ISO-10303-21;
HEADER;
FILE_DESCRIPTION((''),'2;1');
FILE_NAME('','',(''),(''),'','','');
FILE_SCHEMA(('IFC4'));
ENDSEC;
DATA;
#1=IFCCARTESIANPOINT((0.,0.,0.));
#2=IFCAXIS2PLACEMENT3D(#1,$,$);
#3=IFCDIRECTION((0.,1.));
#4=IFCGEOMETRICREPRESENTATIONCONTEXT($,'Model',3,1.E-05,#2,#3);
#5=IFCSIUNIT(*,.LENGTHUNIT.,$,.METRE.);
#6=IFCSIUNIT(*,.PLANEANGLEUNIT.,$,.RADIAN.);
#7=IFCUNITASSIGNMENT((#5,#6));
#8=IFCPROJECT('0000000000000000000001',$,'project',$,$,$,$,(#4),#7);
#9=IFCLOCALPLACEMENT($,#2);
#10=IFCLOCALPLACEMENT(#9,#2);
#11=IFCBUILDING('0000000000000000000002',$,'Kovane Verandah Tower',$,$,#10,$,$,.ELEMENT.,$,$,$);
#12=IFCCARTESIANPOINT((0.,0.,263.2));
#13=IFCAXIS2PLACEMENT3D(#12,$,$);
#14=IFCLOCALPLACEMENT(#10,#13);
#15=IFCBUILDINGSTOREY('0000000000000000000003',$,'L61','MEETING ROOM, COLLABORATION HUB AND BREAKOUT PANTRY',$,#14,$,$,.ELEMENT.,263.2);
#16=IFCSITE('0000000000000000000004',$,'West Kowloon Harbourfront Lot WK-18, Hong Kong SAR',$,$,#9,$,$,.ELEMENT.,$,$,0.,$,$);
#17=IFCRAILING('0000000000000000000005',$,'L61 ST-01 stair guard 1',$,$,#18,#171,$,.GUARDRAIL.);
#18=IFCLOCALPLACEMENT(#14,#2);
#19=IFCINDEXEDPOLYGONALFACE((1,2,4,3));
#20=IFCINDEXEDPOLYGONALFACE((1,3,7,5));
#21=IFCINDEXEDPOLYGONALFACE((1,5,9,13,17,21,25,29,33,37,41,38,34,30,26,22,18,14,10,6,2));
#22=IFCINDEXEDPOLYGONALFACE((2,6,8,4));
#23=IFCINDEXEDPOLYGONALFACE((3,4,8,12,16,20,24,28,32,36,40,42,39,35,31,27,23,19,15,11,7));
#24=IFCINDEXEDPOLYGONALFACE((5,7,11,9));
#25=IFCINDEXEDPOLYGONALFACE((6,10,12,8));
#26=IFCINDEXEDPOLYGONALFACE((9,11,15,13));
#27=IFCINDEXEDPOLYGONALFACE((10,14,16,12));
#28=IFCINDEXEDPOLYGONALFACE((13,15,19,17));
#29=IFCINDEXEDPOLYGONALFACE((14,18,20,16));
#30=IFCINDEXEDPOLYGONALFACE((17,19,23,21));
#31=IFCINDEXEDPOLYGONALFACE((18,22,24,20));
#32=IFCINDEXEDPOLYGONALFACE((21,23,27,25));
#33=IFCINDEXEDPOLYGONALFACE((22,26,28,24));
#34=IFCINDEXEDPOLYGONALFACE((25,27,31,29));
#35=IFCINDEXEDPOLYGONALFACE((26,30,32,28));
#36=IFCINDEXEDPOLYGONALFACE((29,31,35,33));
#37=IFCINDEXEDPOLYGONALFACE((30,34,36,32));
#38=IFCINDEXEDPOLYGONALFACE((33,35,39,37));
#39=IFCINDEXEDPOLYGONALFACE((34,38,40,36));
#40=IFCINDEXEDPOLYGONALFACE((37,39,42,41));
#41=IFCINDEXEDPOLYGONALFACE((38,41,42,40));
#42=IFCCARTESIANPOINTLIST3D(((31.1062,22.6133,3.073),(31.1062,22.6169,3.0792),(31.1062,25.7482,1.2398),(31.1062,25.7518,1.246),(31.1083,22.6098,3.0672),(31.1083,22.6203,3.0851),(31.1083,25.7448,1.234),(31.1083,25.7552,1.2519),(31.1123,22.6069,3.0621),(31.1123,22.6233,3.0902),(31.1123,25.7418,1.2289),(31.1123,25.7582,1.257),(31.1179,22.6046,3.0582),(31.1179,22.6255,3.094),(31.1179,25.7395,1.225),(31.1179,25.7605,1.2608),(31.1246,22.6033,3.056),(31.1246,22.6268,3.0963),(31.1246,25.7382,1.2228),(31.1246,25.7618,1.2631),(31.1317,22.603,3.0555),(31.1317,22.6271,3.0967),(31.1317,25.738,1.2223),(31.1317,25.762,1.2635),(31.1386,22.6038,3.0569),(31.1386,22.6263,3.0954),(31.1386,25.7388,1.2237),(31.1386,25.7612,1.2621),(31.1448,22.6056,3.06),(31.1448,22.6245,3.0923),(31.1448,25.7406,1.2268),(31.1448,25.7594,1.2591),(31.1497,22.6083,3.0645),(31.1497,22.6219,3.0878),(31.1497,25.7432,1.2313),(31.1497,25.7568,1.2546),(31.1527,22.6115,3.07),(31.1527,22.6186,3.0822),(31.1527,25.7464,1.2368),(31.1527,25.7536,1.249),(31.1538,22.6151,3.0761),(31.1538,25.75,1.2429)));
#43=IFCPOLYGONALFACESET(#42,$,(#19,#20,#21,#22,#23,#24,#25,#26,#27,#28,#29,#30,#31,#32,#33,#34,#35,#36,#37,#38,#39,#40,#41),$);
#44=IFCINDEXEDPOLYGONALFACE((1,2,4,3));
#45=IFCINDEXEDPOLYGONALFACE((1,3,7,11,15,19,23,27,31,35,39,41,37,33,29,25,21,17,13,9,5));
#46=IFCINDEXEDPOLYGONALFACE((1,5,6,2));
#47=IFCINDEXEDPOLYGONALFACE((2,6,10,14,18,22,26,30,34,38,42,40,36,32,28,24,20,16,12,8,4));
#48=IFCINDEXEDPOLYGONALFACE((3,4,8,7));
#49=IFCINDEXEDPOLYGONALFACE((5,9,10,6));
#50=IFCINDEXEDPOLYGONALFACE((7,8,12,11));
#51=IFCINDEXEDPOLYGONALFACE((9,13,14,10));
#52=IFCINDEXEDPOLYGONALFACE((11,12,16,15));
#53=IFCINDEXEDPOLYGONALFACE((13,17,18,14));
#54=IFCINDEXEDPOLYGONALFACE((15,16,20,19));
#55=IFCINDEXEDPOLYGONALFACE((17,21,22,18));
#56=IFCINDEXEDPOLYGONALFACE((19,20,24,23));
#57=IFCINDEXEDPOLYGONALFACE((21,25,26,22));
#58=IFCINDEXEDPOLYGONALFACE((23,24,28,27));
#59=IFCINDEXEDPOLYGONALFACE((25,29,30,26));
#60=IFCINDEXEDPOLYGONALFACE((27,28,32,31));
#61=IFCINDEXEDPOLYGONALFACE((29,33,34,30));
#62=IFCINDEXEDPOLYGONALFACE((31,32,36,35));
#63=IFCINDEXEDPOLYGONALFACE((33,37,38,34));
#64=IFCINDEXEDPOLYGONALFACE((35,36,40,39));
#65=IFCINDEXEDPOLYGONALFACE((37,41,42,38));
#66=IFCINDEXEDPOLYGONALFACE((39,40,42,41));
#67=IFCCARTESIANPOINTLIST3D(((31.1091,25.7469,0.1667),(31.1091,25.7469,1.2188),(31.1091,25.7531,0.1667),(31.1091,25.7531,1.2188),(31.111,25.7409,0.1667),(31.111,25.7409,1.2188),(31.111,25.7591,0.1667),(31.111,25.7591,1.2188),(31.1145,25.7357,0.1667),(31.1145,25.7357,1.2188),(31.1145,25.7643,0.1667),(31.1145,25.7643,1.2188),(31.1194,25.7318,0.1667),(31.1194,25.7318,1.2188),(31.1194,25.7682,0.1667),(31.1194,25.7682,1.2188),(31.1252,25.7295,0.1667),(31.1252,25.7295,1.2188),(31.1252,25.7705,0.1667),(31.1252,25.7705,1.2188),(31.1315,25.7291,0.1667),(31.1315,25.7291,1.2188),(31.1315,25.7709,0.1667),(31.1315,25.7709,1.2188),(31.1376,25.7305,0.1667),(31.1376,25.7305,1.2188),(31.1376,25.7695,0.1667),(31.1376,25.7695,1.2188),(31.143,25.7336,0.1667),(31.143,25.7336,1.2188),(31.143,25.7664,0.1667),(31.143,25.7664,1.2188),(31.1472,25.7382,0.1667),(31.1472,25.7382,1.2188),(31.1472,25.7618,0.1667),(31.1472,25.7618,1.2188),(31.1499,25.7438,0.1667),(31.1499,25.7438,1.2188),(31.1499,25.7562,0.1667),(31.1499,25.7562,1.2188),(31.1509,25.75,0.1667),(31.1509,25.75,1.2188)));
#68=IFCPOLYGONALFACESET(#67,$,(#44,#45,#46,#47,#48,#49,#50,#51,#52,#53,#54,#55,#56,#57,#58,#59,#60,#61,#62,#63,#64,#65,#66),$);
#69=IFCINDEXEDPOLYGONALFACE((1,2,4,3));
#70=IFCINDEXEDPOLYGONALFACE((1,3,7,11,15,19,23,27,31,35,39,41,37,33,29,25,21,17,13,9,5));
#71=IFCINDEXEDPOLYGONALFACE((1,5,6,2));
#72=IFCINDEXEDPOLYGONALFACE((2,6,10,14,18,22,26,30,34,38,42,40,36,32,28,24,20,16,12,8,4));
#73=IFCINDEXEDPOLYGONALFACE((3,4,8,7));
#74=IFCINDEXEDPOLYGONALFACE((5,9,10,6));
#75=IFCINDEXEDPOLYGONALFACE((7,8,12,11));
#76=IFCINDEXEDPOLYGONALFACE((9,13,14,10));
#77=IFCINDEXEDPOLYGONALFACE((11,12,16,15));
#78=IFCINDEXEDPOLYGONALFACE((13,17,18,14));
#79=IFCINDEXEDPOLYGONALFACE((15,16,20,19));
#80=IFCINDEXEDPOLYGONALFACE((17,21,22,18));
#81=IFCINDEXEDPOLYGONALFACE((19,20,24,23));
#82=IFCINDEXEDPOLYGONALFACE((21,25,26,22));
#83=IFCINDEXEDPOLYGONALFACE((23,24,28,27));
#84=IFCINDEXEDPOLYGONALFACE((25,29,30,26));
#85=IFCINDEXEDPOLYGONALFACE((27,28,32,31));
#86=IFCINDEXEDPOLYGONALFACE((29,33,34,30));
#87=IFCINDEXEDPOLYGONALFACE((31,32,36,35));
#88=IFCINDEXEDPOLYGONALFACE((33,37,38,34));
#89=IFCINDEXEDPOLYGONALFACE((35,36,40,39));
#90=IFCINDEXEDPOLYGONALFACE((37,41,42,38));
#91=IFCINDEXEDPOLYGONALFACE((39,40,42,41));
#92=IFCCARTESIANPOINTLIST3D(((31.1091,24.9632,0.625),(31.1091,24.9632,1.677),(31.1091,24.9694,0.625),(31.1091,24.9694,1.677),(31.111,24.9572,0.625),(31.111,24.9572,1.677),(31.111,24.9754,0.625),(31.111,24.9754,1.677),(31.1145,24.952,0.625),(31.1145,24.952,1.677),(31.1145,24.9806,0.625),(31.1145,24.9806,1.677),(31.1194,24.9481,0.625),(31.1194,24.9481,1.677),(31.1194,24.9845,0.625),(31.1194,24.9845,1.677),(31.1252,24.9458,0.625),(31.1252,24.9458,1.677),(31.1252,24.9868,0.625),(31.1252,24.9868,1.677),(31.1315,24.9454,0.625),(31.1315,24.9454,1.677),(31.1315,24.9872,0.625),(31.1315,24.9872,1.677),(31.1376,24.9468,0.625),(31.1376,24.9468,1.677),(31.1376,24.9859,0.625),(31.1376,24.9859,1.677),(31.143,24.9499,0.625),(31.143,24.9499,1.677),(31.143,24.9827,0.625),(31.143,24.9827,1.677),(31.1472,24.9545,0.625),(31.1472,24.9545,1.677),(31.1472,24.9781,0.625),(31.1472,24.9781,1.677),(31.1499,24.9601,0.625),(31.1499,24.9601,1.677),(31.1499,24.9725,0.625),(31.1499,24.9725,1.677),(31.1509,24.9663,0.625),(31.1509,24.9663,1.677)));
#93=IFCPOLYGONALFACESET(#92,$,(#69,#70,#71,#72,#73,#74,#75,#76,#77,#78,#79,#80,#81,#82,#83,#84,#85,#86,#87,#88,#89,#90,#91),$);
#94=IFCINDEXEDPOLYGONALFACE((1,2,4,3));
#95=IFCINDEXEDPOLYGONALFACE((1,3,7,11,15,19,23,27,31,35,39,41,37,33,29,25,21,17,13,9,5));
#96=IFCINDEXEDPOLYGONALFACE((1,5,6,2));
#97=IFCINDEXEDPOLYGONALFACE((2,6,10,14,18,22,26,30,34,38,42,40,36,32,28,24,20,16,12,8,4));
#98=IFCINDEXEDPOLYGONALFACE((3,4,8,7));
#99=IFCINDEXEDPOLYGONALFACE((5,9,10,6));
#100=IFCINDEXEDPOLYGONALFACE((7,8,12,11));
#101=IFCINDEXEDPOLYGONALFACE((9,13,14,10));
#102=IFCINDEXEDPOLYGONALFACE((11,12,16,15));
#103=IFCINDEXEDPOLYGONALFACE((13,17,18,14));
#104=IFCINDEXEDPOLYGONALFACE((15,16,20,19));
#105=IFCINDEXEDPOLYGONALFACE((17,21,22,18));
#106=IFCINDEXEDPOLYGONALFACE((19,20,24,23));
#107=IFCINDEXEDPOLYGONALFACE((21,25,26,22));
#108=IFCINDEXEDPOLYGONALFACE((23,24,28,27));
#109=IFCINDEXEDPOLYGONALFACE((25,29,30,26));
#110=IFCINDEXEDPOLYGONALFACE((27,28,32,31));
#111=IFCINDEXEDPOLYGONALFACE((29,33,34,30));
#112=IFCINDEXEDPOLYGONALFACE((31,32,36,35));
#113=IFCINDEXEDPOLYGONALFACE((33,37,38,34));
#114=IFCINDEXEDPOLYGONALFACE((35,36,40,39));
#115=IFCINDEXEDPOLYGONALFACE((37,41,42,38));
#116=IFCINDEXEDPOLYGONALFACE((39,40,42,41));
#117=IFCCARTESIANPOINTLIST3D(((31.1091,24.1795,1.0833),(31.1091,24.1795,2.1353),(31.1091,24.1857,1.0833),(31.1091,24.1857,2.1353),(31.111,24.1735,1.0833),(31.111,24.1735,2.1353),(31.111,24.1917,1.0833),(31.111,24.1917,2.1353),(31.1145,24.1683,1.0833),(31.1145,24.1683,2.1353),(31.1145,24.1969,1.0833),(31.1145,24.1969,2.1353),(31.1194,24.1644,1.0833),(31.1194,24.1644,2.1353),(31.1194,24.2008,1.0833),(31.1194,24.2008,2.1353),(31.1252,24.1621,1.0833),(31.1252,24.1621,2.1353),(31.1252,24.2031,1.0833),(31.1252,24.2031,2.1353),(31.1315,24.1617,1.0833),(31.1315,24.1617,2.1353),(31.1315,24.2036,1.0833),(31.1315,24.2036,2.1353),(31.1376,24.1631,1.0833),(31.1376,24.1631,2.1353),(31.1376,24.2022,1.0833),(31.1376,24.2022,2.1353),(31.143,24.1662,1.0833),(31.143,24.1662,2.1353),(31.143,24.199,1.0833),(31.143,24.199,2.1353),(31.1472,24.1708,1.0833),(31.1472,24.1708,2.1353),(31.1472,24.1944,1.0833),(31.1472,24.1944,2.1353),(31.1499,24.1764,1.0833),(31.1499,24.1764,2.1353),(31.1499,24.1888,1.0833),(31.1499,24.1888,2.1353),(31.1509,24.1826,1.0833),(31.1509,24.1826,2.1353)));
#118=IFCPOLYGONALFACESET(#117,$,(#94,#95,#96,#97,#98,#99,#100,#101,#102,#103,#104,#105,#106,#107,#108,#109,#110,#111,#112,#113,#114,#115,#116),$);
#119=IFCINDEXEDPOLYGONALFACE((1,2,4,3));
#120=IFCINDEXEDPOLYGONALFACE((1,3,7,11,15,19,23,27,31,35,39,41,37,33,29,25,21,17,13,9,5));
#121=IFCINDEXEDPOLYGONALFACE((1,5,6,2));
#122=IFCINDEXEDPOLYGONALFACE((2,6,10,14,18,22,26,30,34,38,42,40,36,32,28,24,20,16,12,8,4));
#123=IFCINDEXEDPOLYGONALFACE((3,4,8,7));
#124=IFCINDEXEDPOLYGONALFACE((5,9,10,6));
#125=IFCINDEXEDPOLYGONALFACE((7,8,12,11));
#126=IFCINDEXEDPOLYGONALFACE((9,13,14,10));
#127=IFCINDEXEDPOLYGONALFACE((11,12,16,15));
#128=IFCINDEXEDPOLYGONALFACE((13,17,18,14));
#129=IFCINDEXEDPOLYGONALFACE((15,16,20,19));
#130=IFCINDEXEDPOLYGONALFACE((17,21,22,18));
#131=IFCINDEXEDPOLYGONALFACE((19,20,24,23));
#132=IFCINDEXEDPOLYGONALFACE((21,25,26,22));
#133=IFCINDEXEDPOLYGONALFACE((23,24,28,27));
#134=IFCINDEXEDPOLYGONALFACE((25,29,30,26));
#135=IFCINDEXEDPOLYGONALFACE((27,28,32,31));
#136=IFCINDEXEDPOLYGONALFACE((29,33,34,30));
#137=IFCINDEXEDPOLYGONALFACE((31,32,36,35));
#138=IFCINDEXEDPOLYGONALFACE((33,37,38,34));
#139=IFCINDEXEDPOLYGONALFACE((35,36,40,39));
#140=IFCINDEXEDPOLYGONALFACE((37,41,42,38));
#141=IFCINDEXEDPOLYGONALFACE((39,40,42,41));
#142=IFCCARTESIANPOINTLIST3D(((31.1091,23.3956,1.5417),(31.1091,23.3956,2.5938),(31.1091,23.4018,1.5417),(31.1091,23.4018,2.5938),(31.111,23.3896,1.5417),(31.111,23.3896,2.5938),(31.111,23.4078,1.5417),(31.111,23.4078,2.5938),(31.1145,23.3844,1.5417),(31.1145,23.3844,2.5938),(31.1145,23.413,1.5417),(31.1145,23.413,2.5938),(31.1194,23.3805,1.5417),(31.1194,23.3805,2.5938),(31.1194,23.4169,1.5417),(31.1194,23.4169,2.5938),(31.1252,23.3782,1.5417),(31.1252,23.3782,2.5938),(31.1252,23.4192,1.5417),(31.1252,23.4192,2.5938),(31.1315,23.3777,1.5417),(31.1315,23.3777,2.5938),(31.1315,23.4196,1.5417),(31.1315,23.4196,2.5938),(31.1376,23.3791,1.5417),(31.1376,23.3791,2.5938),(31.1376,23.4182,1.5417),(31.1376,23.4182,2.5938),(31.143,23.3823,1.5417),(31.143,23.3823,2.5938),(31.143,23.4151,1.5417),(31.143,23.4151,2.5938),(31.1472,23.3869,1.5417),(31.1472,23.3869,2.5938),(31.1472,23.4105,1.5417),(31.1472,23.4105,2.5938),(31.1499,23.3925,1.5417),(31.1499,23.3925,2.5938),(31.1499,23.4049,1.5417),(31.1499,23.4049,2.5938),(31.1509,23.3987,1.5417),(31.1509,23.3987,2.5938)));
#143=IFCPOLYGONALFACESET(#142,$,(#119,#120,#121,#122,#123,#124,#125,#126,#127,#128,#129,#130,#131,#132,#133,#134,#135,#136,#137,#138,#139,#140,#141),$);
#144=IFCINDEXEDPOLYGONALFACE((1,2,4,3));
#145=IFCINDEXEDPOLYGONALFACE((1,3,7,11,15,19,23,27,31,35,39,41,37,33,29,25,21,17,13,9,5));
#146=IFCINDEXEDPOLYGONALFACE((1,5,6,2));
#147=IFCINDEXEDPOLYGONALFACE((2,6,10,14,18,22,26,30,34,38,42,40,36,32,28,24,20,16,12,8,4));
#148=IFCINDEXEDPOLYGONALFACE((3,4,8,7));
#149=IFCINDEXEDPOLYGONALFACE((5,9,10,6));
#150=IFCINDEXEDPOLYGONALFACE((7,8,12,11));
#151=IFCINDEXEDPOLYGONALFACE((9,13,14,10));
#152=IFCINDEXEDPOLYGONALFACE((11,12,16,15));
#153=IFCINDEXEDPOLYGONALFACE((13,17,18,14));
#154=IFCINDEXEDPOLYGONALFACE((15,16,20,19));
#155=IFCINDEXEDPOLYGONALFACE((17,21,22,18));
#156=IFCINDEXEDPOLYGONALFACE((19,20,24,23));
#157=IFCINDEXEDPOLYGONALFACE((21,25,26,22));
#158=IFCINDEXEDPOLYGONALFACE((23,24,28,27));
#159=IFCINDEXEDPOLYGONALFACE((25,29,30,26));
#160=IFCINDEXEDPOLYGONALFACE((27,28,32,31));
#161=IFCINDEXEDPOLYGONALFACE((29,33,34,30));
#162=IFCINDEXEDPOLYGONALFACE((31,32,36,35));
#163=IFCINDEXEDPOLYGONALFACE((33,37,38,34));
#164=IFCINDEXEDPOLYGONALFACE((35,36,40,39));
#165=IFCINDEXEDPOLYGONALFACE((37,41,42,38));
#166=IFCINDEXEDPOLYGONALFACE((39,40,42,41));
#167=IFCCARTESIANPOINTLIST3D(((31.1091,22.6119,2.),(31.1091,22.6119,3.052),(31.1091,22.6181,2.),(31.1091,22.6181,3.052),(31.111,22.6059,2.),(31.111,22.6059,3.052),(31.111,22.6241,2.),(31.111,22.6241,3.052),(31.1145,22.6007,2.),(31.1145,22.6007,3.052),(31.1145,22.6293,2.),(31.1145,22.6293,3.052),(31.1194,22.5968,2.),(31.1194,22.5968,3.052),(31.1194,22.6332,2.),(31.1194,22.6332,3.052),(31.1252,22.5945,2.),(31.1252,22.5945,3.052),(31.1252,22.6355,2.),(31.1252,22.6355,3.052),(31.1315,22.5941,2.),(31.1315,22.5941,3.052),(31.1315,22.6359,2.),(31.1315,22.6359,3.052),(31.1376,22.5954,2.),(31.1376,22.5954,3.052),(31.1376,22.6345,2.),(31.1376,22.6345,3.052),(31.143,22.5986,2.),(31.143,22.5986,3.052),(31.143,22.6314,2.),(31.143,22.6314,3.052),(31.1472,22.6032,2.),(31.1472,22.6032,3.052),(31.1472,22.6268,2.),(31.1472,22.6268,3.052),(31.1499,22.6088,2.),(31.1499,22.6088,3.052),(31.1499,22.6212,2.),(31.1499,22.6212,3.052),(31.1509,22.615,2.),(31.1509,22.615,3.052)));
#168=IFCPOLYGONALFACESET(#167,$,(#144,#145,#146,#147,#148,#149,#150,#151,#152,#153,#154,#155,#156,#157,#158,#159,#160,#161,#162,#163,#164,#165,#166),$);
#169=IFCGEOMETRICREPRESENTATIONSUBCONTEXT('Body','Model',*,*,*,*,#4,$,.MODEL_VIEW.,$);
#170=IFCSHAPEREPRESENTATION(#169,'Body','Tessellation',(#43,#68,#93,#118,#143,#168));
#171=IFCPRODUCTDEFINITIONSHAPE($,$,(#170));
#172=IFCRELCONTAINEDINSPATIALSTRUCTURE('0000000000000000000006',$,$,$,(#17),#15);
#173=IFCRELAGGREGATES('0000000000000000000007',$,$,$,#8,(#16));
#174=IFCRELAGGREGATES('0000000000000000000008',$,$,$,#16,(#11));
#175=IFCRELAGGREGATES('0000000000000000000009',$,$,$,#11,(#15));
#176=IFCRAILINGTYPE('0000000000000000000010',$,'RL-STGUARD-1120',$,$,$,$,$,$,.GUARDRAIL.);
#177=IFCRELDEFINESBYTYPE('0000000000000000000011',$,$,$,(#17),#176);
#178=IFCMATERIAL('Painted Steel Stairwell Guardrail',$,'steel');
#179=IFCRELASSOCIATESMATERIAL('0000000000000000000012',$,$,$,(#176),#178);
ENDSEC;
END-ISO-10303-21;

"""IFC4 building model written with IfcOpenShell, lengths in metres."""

from ifc_helpers import new_model, si_unit, direction, frame, origin, origin_2d, place, context, subcontext, project, spatial, circle, extrude, material, type_object, element, save


model = new_model("IFC4")

# Units and contexts
model_context = context("Model", 3, precision=1e-05, world=origin(), true_north=direction((0.0, 1.0)))
body_context = subcontext(model_context, "Body", "Model", "MODEL_VIEW")
ifc_project = project(units=[si_unit("LENGTHUNIT", "METRE"), si_unit("PLANEANGLEUNIT", "RADIAN")], contexts=[model_context])

# Site, building, storey
site_placement = place(None, origin())
site = spatial("IfcSite", under=ifc_project, at=site_placement, Name="West Kowloon Harbourfront Lot WK-18, Hong Kong SAR", CompositionType="ELEMENT", RefElevation=0.0)
building_placement = place(site_placement, origin())
building = spatial("IfcBuilding", under=site, at=building_placement, Name="Kovane Verandah Tower", CompositionType="ELEMENT")
storey_placement = place(building_placement, frame((0.0, 0.0, 263.2)))
storey = spatial("IfcBuildingStorey", under=building, at=storey_placement, Name="L61", Description="MEETING ROOM, COLLABORATION HUB AND BREAKOUT PANTRY", CompositionType="ELEMENT", Elevation=263.2)

# Railing
ifc_material_1 = material(Name="Painted Steel Stairwell Guardrail", Category="steel")
railing_type_1 = type_object("IfcRailingType", Name="RL-STGUARD-1120", PredefinedType="GUARDRAIL", material=ifc_material_1)
railing_1_placement = place(storey_placement, frame((31.1299, 25.75, 0.1667)))
element("IfcRailing", 1, at=railing_1_placement, inside=storey, type_object=railing_type_1, Name="L61 ST-01 stair guard 1", PredefinedType="GUARDRAIL", context=body_context, shape_type="SweptSolid", body=[
    extrude(circle(Radius=0.0239, at=origin_2d()), frame((0.0, 0.0, 1.0762), z_axis=(0.0, -0.86324, 0.504794), x_axis=(1.0, 0.0, 0.0)), (0.0, 0.0, 1.0), 3.6316),
    extrude(circle(Radius=0.021, at=origin_2d()), origin(), (0.0, 0.0, 1.0), 1.052),
    extrude(circle(Radius=0.021, at=origin_2d()), frame((0.0, -0.7837, 0.4583)), (0.0, 0.0, 1.0), 1.052),
    extrude(circle(Radius=0.021, at=origin_2d()), frame((0.0, -1.5674, 0.9165)), (0.0, 0.0, 1.0), 1.052),
    extrude(circle(Radius=0.021, at=origin_2d()), frame((0.0, -2.3513, 1.375)), (0.0, 0.0, 1.0), 1.052),
    extrude(circle(Radius=0.021, at=origin_2d()), frame((0.0, -3.135, 1.8333)), (0.0, 0.0, 1.0), 1.052),
])

save(model, "model.ifc")
